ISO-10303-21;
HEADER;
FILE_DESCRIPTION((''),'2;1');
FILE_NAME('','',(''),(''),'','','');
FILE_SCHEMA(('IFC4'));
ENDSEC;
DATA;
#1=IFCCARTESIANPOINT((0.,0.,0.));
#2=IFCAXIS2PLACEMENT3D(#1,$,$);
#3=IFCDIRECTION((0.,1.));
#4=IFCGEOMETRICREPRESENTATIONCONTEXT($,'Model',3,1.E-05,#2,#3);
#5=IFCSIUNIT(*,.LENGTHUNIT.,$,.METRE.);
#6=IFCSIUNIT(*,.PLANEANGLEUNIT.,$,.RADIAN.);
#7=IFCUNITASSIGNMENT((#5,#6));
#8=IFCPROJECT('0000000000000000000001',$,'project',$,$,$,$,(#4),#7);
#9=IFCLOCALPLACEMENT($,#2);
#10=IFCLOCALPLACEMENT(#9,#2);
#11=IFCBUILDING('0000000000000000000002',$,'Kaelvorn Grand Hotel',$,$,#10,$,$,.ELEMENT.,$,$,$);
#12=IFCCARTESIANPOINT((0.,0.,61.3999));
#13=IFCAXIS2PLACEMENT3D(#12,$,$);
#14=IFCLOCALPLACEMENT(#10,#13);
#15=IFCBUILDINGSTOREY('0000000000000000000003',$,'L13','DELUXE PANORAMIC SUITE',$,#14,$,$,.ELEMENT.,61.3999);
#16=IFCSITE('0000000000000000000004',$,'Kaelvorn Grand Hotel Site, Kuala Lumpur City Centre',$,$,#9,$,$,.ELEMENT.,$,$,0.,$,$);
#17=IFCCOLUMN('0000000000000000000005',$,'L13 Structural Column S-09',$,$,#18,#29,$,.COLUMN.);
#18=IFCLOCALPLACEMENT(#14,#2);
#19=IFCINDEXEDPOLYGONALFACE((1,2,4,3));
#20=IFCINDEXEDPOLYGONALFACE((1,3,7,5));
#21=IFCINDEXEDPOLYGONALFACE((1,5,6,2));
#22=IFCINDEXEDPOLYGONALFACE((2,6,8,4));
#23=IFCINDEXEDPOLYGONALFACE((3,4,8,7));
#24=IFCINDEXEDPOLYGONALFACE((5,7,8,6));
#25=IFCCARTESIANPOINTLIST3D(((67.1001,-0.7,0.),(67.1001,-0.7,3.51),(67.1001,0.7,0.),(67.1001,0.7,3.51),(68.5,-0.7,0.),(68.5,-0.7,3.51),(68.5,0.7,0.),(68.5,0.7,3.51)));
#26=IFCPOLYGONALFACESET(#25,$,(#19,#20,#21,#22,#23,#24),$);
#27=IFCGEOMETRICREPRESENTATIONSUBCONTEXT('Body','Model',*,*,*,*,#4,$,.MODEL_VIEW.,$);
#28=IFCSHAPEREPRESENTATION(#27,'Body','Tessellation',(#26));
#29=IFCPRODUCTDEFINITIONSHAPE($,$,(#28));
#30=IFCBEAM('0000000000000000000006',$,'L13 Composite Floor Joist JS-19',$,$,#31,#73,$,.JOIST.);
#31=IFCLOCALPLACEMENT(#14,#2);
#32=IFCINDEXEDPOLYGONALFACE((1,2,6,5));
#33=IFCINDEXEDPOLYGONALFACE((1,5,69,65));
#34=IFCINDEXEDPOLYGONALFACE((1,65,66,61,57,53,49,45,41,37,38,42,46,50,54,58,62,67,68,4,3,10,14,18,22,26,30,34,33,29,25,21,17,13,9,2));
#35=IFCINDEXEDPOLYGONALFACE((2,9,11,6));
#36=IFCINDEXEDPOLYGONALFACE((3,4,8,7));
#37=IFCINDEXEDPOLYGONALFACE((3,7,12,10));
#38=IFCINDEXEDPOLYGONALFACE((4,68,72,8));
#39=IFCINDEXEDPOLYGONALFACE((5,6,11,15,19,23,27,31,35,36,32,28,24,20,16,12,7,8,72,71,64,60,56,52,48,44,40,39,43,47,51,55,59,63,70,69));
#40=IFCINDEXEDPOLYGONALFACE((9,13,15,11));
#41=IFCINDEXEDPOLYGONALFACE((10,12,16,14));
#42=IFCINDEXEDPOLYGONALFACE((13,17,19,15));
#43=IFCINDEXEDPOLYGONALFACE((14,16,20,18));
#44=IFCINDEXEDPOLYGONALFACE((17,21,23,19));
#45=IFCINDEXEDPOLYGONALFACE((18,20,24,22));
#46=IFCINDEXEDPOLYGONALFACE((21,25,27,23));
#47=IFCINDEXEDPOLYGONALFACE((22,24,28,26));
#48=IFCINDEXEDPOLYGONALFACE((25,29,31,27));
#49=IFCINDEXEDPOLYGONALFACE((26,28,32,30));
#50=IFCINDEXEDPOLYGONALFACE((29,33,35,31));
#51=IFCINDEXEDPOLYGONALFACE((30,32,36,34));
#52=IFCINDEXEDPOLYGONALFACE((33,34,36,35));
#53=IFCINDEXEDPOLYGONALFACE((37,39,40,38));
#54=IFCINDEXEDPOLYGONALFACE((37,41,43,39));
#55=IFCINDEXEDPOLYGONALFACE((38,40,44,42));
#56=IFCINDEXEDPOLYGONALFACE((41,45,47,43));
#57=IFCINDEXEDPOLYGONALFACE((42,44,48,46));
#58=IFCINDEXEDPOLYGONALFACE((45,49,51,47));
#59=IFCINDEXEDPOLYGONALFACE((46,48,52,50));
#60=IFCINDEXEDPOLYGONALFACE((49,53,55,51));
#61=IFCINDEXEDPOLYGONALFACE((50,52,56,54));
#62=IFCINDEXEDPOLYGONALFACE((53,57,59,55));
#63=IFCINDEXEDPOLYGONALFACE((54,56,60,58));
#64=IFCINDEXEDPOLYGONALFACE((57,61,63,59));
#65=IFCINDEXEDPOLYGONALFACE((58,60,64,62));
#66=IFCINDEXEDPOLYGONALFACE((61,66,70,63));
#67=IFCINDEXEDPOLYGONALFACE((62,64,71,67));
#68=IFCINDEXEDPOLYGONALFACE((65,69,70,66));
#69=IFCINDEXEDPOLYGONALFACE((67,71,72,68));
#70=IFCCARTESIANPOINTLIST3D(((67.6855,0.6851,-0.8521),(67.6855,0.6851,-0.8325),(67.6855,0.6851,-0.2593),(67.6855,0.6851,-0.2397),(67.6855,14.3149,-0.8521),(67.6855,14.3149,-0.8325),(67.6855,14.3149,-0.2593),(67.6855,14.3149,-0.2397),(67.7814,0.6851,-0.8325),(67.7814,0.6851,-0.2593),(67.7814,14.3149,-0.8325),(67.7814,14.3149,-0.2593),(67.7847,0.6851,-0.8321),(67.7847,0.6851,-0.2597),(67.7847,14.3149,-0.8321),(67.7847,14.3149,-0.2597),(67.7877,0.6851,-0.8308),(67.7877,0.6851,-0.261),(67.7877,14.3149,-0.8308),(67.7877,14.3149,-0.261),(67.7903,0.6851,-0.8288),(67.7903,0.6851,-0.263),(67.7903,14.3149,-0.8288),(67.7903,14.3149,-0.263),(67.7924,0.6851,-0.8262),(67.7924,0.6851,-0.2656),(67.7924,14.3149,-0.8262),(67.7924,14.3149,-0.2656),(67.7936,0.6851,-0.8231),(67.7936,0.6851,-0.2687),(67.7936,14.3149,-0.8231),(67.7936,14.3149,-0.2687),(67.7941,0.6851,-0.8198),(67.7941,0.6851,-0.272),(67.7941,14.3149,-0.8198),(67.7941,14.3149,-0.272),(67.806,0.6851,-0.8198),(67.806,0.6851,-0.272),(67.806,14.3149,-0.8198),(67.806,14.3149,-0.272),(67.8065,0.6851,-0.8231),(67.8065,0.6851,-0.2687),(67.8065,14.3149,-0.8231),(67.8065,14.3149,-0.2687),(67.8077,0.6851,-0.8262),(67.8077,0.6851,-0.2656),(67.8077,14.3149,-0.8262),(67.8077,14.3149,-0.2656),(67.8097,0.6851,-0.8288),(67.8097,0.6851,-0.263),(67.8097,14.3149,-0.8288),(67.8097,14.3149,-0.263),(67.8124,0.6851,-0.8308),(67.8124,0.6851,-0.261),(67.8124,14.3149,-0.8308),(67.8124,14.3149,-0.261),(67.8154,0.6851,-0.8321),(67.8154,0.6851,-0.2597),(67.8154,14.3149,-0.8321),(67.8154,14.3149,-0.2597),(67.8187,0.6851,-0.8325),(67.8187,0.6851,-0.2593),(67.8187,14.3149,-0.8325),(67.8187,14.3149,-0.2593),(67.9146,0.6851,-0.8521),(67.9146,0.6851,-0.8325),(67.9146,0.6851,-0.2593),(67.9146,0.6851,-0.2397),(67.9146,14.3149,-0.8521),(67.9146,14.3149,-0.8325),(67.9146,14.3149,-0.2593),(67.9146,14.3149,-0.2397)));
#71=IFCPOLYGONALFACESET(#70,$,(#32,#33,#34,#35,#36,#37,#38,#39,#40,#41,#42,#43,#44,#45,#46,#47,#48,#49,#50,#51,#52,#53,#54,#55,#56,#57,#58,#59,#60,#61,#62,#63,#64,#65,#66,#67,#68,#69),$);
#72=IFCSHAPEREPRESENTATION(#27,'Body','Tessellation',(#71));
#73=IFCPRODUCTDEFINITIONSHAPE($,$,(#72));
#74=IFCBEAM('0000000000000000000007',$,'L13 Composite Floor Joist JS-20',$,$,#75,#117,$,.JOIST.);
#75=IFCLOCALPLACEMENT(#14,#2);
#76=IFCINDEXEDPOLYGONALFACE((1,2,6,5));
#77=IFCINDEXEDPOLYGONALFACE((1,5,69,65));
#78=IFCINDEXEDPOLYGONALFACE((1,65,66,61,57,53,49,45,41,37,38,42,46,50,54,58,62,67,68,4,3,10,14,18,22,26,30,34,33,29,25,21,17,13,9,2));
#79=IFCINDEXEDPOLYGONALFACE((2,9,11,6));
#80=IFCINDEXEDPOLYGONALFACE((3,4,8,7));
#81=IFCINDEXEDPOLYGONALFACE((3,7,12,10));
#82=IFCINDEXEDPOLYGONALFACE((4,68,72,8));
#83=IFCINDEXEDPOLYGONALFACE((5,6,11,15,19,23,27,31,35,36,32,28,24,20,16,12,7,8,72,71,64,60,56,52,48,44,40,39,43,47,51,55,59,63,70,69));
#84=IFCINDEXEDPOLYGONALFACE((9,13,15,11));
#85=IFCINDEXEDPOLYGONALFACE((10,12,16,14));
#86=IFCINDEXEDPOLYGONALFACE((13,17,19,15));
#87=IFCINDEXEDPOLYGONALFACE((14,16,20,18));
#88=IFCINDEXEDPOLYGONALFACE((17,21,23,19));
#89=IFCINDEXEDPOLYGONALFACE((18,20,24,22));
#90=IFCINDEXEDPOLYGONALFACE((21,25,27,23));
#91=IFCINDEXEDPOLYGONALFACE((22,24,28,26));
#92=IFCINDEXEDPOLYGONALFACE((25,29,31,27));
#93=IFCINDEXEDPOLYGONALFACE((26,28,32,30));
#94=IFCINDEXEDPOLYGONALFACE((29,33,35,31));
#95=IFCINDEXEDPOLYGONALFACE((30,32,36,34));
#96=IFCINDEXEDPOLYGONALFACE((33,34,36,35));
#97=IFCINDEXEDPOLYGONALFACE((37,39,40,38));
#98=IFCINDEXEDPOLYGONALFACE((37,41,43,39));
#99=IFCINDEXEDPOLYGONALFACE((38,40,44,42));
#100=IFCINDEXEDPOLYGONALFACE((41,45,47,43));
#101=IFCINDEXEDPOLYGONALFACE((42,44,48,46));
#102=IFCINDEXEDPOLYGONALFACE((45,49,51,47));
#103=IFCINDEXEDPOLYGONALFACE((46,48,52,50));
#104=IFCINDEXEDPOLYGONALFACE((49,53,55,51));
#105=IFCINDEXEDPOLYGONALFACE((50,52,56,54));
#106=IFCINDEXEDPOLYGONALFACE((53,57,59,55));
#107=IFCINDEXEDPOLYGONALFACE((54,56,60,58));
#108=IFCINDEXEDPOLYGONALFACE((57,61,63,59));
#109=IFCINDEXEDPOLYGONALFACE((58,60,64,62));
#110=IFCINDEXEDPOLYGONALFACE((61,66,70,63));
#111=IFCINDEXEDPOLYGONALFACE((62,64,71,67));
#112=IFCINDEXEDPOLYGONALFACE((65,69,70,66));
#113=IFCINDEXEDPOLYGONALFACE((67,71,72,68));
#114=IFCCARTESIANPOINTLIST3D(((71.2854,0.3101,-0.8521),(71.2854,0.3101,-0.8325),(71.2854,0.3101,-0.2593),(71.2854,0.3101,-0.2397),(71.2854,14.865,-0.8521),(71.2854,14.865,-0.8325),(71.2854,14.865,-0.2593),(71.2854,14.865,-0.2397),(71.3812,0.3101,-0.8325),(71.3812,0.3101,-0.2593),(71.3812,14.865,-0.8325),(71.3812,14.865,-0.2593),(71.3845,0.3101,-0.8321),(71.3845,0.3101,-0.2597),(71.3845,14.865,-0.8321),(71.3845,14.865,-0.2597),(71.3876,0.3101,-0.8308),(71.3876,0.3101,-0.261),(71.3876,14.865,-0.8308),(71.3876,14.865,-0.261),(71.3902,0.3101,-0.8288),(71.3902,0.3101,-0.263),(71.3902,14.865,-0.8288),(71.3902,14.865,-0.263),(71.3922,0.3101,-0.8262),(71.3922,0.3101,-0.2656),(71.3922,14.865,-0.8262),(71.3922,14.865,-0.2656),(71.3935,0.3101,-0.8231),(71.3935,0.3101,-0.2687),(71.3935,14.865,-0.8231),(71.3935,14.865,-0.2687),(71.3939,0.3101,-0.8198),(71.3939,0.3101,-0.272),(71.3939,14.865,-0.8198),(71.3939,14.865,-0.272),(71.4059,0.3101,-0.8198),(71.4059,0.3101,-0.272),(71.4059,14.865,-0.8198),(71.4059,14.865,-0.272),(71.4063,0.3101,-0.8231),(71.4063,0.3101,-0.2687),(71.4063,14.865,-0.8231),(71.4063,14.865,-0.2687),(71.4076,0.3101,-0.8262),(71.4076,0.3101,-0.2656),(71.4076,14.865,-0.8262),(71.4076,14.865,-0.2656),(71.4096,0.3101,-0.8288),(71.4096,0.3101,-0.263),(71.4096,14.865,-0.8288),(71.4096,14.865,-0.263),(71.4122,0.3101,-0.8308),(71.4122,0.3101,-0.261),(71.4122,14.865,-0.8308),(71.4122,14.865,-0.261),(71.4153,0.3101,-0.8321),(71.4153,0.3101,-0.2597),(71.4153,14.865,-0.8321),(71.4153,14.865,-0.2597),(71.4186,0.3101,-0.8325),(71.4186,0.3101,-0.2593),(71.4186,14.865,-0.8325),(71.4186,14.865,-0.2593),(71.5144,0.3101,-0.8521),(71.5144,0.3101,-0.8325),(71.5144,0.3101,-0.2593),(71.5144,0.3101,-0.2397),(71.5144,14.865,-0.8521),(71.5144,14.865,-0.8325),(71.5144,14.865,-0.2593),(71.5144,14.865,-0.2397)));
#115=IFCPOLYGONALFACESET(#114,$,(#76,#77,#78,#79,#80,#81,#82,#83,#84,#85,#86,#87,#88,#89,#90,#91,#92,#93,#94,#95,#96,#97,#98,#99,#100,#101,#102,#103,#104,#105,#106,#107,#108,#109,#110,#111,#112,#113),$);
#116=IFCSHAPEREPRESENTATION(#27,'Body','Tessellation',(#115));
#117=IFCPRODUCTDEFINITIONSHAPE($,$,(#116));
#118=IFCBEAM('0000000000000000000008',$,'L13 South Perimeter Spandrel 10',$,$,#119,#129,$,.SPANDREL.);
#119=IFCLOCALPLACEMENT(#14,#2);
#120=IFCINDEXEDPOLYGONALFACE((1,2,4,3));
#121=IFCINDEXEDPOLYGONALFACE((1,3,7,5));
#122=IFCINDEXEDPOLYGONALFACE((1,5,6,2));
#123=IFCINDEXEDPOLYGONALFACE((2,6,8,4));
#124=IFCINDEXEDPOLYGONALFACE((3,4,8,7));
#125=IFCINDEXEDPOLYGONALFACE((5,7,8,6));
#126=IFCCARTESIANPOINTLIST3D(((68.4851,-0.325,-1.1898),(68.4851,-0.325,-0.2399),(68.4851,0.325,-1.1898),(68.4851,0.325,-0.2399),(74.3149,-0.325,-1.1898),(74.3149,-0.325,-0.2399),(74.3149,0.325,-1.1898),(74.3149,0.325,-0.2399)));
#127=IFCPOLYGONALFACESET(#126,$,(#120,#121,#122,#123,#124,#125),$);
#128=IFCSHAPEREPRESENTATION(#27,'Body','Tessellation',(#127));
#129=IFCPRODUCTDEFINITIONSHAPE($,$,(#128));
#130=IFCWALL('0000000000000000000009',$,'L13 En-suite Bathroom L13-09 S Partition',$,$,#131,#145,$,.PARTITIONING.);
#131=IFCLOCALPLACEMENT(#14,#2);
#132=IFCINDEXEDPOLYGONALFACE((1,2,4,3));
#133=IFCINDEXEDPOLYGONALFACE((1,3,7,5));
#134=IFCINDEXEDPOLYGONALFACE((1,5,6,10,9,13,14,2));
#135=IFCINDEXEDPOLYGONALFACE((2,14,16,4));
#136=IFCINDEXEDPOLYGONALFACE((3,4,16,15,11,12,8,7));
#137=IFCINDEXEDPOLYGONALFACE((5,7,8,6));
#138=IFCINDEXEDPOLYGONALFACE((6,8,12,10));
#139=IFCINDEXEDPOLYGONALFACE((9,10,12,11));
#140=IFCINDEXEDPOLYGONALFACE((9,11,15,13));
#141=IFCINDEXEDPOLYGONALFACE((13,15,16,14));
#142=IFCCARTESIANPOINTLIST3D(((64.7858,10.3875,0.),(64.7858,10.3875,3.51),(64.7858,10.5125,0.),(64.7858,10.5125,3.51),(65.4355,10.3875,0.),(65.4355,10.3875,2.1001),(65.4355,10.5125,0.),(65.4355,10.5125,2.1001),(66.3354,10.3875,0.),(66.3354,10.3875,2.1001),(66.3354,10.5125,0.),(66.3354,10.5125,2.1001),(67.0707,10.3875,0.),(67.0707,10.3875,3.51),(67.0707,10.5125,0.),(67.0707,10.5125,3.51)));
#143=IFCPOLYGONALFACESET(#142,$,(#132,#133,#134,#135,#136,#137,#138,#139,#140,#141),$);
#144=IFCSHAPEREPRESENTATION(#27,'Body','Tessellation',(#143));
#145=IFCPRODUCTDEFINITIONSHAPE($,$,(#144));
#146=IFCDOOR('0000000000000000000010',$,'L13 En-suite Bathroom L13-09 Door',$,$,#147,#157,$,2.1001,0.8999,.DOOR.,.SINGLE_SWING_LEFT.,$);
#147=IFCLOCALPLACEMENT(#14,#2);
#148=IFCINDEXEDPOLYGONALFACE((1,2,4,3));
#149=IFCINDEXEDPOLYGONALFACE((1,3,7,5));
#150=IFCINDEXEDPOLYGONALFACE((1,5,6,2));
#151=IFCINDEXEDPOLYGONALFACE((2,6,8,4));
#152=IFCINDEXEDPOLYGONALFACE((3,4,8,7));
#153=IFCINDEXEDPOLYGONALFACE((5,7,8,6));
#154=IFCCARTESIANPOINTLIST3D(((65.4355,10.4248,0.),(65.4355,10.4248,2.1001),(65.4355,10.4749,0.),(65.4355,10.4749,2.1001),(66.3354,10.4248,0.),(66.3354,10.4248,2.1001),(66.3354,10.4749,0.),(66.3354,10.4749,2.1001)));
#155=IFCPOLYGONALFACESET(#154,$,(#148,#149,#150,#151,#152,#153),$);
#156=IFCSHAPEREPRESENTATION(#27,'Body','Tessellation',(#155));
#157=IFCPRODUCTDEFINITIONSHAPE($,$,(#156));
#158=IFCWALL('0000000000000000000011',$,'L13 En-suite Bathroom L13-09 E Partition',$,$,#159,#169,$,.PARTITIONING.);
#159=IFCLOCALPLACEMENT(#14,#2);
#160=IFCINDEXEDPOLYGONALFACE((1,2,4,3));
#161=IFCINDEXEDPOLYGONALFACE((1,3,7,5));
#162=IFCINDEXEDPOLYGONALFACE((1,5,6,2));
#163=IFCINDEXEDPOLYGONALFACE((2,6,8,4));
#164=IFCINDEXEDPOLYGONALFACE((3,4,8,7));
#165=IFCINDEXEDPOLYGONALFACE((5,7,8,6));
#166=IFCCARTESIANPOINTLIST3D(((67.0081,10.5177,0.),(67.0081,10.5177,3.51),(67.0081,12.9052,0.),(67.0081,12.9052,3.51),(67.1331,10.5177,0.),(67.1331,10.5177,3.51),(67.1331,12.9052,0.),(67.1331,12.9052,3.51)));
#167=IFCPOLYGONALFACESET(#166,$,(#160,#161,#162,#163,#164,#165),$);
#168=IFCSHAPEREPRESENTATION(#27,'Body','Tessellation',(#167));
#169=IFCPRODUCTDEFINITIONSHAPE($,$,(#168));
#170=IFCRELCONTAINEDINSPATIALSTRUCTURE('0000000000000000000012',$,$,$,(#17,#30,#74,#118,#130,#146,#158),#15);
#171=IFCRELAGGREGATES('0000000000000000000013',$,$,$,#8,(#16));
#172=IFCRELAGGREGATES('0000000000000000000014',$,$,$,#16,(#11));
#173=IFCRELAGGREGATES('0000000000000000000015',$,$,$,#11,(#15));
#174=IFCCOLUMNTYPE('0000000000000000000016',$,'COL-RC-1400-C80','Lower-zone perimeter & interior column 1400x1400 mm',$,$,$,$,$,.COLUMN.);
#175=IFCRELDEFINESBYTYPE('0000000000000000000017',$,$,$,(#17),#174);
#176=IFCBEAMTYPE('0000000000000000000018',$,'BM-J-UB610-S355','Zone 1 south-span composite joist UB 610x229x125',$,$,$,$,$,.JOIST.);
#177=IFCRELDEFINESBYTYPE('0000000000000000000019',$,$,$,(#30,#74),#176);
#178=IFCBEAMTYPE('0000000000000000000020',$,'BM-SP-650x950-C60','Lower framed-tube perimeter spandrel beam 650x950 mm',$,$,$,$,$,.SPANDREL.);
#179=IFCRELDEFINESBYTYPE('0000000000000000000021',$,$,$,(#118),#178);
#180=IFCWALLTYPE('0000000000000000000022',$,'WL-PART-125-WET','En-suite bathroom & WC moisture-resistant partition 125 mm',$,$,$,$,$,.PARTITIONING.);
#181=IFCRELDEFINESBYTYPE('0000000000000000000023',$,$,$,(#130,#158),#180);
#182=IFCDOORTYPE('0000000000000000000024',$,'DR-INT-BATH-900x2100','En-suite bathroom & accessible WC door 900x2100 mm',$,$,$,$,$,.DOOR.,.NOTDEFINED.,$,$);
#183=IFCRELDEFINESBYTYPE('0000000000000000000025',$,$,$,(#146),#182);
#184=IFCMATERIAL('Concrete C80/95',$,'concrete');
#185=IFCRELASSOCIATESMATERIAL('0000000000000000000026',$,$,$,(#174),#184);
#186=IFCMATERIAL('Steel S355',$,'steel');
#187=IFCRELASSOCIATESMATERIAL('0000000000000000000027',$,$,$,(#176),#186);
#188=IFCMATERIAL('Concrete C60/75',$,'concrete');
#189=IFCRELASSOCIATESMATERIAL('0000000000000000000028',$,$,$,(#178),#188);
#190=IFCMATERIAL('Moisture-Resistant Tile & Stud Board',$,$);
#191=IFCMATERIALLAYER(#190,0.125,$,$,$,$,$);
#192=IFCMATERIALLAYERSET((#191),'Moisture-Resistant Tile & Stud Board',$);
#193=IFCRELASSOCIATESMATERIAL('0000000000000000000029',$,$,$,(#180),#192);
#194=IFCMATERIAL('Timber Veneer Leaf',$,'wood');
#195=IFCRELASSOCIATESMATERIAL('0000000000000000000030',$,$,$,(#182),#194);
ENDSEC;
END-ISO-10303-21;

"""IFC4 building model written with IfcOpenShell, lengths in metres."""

from ifc_helpers import new_model, si_unit, direction, frame, frame_2d, origin, origin_2d, place, context, subcontext, project, spatial, rectangle, i_section, extrude, material, layer, layer_set, material_profile, profile_set, type_object, element, fill, save


model = new_model("IFC4")

# Units and contexts
model_context = context("Model", 3, precision=1e-05, world=origin(), true_north=direction((0.0, 1.0)))
body_context = subcontext(model_context, "Body", "Model", "MODEL_VIEW")
ifc_project = project(units=[si_unit("LENGTHUNIT", "METRE"), si_unit("PLANEANGLEUNIT", "RADIAN")], contexts=[model_context])

# Site, building, storey
site_placement = place(None, origin())
site = spatial("IfcSite", under=ifc_project, at=site_placement, Name="Kaelvorn Grand Hotel Site, Kuala Lumpur City Centre", CompositionType="ELEMENT", RefElevation=0.0)
building_placement = place(site_placement, origin())
building = spatial("IfcBuilding", under=site, at=building_placement, Name="Kaelvorn Grand Hotel", CompositionType="ELEMENT")
storey_placement = place(building_placement, frame((0.0, 0.0, 61.3999)))
storey = spatial("IfcBuildingStorey", under=building, at=storey_placement, Name="L13", Description="DELUXE PANORAMIC SUITE", CompositionType="ELEMENT", Elevation=61.3999)

# Column
ifc_material_1 = material(Name="Concrete C80/95", Category="concrete")
ifc_material_profile_1 = material_profile(ifc_material_1, rectangle(XDim=1.3999, YDim=1.3999, at=origin_2d()), Name="RC COL 1400x1400")
ifc_profile_set_1 = profile_set([ifc_material_profile_1], Name="Concrete C80/95")
column_type = type_object("IfcColumnType", Name="COL-RC-1400-C80", Description="Lower-zone perimeter & interior column 1400x1400 mm", PredefinedType="COLUMN", material=ifc_profile_set_1)
column_placement = place(storey_placement, frame((67.8, 0.0, 0.0), z_axis=(0.0, 0.0, 1.0), x_axis=(1.0, 0.0, 0.0)))
element("IfcColumn", 1, at=column_placement, inside=storey, type_object=column_type, Name="L13 Structural Column S-09", PredefinedType="COLUMN", context=body_context, shape_type="SweptSolid", body=[
    extrude(rectangle(XDim=1.3999, YDim=1.3999, at=origin_2d()), origin(), (0.0, 0.0, 1.0), 3.51),
])

# Beams
ifc_material_2 = material(Name="Steel S355", Category="steel")
ifc_material_profile_2 = material_profile(ifc_material_2, i_section(OverallWidth=0.229, OverallDepth=0.6123, WebThickness=0.012, FlangeThickness=0.0195, FilletRadius=0.0127, at=origin_2d()), Name="UB 610x229x125")
ifc_profile_set_2 = profile_set([ifc_material_profile_2], Name="Steel S355")
beam_type_1 = type_object("IfcBeamType", Name="BM-J-UB610-S355", Description="Zone 1 south-span composite joist UB 610x229x125", PredefinedType="JOIST", material=ifc_profile_set_2)
beam_1_placement = place(storey_placement, frame((67.8, 0.6851, -0.5459), z_axis=(0.0, 1.0, 0.0), x_axis=(-1.0, 0.0, 0.0)))
element("IfcBeam", 2, at=beam_1_placement, inside=storey, type_object=beam_type_1, Name="L13 Composite Floor Joist JS-19", PredefinedType="JOIST", context=body_context, shape_type="SweptSolid", body=[
    extrude(i_section(OverallWidth=0.229, OverallDepth=0.6123, WebThickness=0.012, FlangeThickness=0.0195, FilletRadius=0.0127, at=origin_2d()), origin(), (0.0, 0.0, 1.0), 13.6299),
])
beam_2_placement = place(storey_placement, frame((71.3999, 0.3101, -0.5459), z_axis=(0.0, 1.0, 0.0), x_axis=(-1.0, 0.0, 0.0)))
element("IfcBeam", 3, at=beam_2_placement, inside=storey, type_object=beam_type_1, Name="L13 Composite Floor Joist JS-20", PredefinedType="JOIST", context=body_context, shape_type="SweptSolid", body=[
    extrude(i_section(OverallWidth=0.229, OverallDepth=0.6123, WebThickness=0.012, FlangeThickness=0.0195, FilletRadius=0.0127, at=origin_2d()), origin(), (0.0, 0.0, 1.0), 14.5549),
])
ifc_material_3 = material(Name="Concrete C60/75", Category="concrete")
ifc_material_profile_3 = material_profile(ifc_material_3, rectangle(XDim=0.6499, YDim=0.95, at=origin_2d()), Name="RC SPANDREL 650x950")
ifc_profile_set_3 = profile_set([ifc_material_profile_3], Name="Concrete C60/75")
beam_type_2 = type_object("IfcBeamType", Name="BM-SP-650x950-C60", Description="Lower framed-tube perimeter spandrel beam 650x950 mm", PredefinedType="SPANDREL", material=ifc_profile_set_3)
beam_3_placement = place(storey_placement, frame((68.4851, 0.0, -0.7148), z_axis=(1.0, 0.0, 0.0), x_axis=(0.0, 1.0, 0.0)))
element("IfcBeam", 4, at=beam_3_placement, inside=storey, type_object=beam_type_2, Name="L13 South Perimeter Spandrel 10", PredefinedType="SPANDREL", context=body_context, shape_type="SweptSolid", body=[
    extrude(rectangle(XDim=0.6499, YDim=0.95, at=origin_2d()), origin(), (0.0, 0.0, 1.0), 5.8298),
])

# Wall, opening, door
ifc_material_4 = material(Name="Moisture-Resistant Tile & Stud Board")
ifc_layer_1 = layer(ifc_material_4, 0.125)
ifc_layer_set_1 = layer_set([ifc_layer_1], Name="Moisture-Resistant Tile & Stud Board")
wall_type_1 = type_object("IfcWallType", Name="WL-PART-125-WET", Description="En-suite bathroom & WC moisture-resistant partition 125 mm", PredefinedType="PARTITIONING", material=ifc_layer_set_1)
wall_1_placement = place(storey_placement, frame((64.7856, 10.45, 0.0), z_axis=(0.0, 0.0, 1.0), x_axis=(1.0, 0.0, 0.0)))
wall_1 = element("IfcWall", 5, at=wall_1_placement, inside=storey, type_object=wall_type_1, Name="L13 En-suite Bathroom L13-09 S Partition", PredefinedType="PARTITIONING", context=body_context, shape_type="SweptSolid", body=[
    extrude(rectangle(XDim=2.2849, YDim=0.125, at=frame_2d((1.1426, 0.0))), origin(), (0.0, 0.0, 1.0), 3.51),
])
opening_1_placement = place(wall_1_placement, frame((0.6499, 0.0, 0.0)))
opening_1 = element("IfcOpeningElement", 6, at=opening_1_placement, cuts=wall_1, PredefinedType="OPENING", context=body_context, shape_type="SweptSolid", body=[
    extrude(rectangle(XDim=0.8999, YDim=2.1001, at=frame_2d((0.45, 1.05))), frame((0.0, 0.0725, 0.0), z_axis=(0.0, -1.0, 0.0), x_axis=(1.0, 0.0, 0.0)), (0.0, 0.0, 1.0), 0.145),
])
ifc_material_5 = material(Name="Timber Veneer Leaf", Category="wood")
door_type_1 = type_object("IfcDoorType", Name="DR-INT-BATH-900x2100", Description="En-suite bathroom & accessible WC door 900x2100 mm", OperationType="NOTDEFINED", PredefinedType="DOOR", material=ifc_material_5)
door_1_placement = place(opening_1_placement, origin())
door_1 = element("IfcDoor", 7, at=door_1_placement, inside=storey, type_object=door_type_1, Name="L13 En-suite Bathroom L13-09 Door", OperationType="SINGLE_SWING_LEFT", OverallHeight=2.1001, OverallWidth=0.8999, PredefinedType="DOOR", context=body_context, shape_type="SweptSolid", body=[
    extrude(rectangle(XDim=0.8999, YDim=2.1001, at=frame_2d((0.45, 1.05))), frame((0.0, 0.0249, 0.0), z_axis=(0.0, -1.0, 0.0), x_axis=(1.0, 0.0, 0.0)), (0.0, 0.0, 1.0), 0.05),
])
fill(opening_1, door_1)

# Wall
wall_2_placement = place(storey_placement, frame((67.0706, 10.5176, 0.0), z_axis=(0.0, 0.0, 1.0), x_axis=(0.0, 1.0, 0.0)))
element("IfcWall", 8, at=wall_2_placement, inside=storey, type_object=wall_type_1, Name="L13 En-suite Bathroom L13-09 E Partition", PredefinedType="PARTITIONING", context=body_context, shape_type="SweptSolid", body=[
    extrude(rectangle(XDim=2.3875, YDim=0.125, at=frame_2d((1.1938, 0.0))), origin(), (0.0, 0.0, 1.0), 3.51),
])

save(model, "model.ifc")
